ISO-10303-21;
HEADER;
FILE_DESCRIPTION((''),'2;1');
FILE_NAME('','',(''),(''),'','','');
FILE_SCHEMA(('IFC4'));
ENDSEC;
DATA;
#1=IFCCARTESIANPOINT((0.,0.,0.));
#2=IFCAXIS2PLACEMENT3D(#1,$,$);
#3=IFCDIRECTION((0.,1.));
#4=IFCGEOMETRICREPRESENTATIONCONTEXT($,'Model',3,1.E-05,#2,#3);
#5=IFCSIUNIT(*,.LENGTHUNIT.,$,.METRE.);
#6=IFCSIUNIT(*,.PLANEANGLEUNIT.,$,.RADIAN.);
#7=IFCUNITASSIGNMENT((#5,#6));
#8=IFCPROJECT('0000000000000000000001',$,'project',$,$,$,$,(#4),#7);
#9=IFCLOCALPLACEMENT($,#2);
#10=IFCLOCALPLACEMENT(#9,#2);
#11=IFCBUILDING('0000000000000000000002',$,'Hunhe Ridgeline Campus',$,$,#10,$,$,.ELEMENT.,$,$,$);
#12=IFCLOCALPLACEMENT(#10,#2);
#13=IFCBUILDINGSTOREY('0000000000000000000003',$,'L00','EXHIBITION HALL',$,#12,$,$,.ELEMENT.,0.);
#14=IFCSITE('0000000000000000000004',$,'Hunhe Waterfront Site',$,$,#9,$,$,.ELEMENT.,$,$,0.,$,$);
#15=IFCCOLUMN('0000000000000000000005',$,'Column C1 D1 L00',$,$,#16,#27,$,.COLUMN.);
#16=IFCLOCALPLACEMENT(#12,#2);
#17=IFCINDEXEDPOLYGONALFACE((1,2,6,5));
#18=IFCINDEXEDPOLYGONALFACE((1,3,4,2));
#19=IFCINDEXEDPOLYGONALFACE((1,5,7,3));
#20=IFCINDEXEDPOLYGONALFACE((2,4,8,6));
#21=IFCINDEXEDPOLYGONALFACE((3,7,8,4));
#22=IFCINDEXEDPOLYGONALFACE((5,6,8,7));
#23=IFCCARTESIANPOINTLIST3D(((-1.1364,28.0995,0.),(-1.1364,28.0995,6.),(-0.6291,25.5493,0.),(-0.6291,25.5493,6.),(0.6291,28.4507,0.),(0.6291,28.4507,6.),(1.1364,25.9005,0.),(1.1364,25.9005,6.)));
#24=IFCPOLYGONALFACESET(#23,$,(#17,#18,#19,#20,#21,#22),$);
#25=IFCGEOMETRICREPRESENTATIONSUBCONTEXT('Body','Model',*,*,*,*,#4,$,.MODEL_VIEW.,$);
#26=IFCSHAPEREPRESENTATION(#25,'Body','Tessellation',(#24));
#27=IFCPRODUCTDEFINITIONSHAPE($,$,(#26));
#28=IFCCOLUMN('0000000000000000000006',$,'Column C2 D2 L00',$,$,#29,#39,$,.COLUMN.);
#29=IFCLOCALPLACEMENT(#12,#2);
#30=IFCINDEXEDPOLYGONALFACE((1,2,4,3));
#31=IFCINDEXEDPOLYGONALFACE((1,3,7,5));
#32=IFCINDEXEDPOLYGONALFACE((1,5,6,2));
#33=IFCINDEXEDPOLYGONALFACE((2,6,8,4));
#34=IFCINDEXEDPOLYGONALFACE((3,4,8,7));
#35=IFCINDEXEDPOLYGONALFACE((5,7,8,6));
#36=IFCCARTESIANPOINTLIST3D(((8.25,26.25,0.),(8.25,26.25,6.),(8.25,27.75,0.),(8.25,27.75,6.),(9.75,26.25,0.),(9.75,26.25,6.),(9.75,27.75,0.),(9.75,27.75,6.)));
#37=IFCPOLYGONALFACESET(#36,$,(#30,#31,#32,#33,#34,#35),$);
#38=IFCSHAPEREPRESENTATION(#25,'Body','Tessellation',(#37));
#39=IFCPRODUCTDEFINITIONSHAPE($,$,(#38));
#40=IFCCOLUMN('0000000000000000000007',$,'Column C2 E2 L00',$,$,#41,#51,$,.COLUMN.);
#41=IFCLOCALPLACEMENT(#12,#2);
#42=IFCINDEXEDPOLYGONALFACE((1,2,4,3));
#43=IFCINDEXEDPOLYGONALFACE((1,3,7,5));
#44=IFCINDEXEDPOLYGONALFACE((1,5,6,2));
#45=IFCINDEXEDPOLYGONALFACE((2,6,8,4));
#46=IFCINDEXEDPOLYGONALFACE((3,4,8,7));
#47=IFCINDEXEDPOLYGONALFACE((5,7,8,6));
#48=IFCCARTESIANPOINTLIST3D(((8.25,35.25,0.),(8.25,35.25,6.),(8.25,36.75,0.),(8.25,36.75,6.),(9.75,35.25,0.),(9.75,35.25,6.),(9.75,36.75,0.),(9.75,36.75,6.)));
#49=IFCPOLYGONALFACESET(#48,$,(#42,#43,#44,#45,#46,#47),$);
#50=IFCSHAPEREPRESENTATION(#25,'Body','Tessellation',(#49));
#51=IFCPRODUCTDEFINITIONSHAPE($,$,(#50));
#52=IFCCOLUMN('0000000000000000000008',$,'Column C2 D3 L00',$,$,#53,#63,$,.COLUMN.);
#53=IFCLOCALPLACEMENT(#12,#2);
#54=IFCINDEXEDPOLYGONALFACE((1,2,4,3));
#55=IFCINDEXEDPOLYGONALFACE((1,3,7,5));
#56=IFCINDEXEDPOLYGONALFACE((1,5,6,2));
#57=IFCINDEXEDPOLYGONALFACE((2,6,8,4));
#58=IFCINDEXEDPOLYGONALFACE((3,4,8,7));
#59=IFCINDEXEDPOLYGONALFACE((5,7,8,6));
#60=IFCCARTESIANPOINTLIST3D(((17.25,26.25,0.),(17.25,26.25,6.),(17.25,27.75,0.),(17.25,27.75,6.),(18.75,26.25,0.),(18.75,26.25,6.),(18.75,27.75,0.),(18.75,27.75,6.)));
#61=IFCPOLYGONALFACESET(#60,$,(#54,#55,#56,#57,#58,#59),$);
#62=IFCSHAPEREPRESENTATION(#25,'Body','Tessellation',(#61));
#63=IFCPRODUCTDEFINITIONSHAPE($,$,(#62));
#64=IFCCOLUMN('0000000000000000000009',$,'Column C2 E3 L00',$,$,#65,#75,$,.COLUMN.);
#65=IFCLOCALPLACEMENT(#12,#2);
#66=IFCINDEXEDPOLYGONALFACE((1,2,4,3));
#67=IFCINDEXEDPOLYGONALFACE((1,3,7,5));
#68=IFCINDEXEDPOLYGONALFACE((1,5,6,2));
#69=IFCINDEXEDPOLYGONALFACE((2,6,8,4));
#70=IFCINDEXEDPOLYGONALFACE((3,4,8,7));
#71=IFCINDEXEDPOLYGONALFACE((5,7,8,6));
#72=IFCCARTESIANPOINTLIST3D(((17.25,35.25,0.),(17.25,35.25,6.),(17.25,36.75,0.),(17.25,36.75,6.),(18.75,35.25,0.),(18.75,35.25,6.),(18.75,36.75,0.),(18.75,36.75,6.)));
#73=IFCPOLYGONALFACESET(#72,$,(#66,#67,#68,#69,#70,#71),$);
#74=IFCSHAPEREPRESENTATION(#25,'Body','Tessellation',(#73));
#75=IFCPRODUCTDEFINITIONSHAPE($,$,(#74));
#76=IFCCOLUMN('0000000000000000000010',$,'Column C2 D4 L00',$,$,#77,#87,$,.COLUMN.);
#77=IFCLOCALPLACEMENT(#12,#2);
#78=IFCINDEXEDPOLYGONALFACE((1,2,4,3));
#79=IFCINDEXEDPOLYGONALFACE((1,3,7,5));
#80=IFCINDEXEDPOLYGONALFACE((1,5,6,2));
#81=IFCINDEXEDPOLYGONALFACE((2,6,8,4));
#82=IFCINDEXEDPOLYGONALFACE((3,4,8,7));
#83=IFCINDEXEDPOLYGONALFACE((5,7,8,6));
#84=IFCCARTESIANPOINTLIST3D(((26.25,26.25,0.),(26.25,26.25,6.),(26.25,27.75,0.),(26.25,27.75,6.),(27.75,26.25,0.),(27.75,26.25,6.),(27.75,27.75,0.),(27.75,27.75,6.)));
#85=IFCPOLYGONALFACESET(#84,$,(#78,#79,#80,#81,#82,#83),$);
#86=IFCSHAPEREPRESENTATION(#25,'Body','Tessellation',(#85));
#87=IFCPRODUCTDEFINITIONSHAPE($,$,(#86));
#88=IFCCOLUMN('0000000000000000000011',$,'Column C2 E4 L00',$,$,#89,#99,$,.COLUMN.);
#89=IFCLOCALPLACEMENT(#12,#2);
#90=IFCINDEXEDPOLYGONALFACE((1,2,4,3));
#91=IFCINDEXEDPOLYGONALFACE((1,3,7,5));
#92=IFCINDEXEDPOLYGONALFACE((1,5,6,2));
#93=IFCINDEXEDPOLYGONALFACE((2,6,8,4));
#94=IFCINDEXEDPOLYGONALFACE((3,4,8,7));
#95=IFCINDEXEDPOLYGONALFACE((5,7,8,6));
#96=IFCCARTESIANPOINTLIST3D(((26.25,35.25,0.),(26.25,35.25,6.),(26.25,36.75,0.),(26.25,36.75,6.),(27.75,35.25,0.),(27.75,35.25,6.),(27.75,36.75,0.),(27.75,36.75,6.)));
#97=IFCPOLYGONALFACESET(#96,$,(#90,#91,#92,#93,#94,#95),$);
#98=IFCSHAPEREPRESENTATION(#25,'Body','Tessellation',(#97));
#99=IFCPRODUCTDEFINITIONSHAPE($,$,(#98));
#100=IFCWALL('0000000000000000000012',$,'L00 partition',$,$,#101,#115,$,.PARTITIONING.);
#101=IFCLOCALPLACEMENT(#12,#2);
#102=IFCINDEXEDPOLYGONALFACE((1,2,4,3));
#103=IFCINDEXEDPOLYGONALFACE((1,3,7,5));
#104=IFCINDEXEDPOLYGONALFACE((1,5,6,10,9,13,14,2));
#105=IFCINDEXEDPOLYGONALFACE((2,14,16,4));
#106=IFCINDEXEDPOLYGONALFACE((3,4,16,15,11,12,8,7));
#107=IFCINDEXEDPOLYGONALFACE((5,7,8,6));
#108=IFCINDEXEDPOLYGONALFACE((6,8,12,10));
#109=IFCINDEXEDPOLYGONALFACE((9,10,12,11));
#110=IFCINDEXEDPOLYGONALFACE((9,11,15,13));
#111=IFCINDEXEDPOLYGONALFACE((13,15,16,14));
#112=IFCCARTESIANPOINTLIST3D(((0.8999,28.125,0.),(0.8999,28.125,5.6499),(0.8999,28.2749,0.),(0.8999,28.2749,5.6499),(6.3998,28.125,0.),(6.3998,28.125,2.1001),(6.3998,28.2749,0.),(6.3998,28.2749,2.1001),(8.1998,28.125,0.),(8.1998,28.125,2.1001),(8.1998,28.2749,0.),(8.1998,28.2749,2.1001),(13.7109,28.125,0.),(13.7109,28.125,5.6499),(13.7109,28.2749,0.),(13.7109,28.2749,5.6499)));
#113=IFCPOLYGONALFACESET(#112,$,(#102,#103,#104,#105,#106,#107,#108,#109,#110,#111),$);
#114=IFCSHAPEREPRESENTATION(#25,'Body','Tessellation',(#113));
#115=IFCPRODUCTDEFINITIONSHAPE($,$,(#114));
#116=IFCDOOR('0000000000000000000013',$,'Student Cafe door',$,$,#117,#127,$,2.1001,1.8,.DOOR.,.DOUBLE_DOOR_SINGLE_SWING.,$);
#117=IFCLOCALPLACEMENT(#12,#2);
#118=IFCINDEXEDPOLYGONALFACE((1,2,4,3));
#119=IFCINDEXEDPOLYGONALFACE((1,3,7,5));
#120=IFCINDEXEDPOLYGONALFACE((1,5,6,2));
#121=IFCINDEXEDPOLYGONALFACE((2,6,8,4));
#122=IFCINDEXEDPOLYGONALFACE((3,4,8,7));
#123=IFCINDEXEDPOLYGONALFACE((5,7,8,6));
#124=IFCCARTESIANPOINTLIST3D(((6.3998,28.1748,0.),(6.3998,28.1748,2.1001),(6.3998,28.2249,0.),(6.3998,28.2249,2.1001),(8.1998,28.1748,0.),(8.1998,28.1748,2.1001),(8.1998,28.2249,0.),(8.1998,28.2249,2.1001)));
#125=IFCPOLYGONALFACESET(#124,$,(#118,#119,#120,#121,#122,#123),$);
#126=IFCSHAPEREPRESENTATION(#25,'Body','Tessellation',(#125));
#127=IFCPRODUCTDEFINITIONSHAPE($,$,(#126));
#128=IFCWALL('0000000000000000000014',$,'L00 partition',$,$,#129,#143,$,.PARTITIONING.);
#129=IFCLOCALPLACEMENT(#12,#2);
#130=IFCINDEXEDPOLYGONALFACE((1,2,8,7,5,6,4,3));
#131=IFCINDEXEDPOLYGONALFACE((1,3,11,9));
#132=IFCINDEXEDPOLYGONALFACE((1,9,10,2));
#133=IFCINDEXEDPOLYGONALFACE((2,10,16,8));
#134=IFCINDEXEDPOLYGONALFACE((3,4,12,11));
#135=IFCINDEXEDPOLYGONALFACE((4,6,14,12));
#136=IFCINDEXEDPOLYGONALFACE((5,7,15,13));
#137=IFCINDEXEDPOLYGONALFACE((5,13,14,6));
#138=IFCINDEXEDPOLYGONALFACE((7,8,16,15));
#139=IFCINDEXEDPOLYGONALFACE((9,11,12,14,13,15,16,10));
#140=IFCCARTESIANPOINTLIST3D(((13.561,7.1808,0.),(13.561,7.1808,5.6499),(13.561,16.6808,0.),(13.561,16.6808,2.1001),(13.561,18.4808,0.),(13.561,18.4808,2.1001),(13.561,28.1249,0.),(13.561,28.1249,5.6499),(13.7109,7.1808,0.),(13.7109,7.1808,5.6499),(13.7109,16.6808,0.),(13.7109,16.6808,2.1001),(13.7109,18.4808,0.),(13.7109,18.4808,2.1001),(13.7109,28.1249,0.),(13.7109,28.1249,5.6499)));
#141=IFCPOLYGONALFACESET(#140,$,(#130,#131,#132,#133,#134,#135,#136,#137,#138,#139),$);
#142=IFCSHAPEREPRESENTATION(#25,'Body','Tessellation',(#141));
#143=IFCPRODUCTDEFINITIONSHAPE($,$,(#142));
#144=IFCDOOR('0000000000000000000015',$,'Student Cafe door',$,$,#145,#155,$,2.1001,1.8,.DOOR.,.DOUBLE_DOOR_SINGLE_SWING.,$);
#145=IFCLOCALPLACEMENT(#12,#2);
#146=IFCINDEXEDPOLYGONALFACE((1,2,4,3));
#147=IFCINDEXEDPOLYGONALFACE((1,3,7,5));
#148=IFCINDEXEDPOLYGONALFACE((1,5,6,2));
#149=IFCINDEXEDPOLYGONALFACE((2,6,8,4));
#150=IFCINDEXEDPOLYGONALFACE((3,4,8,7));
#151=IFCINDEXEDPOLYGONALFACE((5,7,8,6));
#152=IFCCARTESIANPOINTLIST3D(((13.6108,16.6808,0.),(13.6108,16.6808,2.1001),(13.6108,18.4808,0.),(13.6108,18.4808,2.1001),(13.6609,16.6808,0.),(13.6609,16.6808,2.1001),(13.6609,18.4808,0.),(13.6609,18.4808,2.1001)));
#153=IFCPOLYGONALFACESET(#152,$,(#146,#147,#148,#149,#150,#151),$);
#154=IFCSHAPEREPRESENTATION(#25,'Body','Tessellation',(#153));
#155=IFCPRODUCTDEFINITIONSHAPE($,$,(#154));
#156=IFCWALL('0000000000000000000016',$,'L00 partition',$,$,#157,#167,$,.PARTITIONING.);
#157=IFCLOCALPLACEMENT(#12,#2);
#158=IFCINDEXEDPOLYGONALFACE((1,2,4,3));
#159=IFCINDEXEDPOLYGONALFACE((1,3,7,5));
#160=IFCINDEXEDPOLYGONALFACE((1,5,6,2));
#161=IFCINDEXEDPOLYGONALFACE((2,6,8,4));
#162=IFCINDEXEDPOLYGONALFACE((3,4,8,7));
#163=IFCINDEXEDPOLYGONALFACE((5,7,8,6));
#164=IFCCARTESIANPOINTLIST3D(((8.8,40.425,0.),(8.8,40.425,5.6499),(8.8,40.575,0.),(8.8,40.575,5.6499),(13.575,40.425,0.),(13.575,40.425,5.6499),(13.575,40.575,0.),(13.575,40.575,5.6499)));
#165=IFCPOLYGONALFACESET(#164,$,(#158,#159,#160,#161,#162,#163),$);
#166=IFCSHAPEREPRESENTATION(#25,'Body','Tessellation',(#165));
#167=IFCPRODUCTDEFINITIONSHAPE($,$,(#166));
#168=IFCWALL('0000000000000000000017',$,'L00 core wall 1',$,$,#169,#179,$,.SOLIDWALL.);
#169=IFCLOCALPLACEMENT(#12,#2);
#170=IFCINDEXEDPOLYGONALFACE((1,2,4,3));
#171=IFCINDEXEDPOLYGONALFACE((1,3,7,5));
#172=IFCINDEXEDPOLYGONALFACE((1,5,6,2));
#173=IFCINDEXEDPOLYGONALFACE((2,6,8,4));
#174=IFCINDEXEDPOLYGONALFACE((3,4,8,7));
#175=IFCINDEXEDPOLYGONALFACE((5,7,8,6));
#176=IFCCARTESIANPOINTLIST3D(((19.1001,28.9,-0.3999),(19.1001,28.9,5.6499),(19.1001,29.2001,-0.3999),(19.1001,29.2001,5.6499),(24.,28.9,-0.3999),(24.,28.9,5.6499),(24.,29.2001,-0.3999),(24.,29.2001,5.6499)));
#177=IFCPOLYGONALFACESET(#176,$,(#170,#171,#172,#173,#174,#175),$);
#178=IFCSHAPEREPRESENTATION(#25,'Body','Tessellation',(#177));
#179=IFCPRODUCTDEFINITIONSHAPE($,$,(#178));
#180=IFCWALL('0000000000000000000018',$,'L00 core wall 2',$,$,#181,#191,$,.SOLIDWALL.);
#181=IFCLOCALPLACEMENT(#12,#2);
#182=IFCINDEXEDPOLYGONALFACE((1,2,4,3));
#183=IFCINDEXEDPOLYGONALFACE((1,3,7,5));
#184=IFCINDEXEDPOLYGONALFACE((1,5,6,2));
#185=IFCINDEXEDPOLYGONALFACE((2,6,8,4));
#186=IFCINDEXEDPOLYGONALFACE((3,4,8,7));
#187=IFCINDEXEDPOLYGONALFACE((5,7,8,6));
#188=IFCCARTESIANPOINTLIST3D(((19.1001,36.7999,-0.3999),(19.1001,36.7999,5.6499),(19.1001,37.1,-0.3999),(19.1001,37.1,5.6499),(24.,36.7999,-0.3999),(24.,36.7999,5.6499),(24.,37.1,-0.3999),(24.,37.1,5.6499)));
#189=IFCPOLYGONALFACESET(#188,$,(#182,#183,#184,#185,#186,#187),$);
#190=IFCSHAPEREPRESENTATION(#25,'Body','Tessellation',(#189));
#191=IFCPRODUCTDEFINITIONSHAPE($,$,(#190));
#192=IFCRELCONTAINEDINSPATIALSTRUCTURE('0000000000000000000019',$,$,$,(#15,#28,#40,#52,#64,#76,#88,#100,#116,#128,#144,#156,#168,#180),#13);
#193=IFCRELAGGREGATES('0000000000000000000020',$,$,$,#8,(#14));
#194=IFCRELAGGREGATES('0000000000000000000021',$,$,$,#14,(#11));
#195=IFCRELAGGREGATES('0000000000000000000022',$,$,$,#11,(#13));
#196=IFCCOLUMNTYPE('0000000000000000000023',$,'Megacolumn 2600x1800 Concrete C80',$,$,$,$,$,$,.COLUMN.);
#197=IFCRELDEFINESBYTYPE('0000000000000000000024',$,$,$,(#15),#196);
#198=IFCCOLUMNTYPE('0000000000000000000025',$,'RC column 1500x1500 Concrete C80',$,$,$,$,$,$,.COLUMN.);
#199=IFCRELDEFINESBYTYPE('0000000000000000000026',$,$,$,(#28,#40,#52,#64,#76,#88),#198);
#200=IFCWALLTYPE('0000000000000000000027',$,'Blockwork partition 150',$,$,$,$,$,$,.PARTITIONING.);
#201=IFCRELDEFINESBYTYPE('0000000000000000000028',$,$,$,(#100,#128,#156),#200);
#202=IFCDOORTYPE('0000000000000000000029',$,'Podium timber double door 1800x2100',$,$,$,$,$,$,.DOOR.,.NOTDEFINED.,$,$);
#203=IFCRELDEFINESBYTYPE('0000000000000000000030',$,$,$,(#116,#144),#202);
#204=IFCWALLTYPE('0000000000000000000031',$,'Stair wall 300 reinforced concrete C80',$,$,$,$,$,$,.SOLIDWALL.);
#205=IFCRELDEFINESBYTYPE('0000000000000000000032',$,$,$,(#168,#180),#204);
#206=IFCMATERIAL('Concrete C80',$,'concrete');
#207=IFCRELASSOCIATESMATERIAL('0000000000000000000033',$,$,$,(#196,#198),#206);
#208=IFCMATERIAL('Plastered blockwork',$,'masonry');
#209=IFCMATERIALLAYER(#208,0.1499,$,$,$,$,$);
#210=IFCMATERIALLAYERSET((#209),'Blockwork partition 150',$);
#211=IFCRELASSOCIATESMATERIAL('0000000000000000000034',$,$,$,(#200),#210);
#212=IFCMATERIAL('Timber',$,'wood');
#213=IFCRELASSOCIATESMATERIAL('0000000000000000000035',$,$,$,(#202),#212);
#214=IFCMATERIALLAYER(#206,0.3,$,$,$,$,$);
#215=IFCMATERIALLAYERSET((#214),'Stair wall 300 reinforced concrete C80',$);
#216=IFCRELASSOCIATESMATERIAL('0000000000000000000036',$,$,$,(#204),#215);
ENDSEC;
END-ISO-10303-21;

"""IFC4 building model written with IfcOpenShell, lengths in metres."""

from ifc_helpers import new_model, si_unit, direction, frame, frame_2d, origin, origin_2d, place, context, subcontext, project, spatial, rectangle, extrude, material, layer, layer_set, material_profile, profile_set, type_object, element, fill, save


model = new_model("IFC4")

# Units and contexts
model_context = context("Model", 3, precision=1e-05, world=origin(), true_north=direction((0.0, 1.0)))
body_context = subcontext(model_context, "Body", "Model", "MODEL_VIEW")
ifc_project = project(units=[si_unit("LENGTHUNIT", "METRE"), si_unit("PLANEANGLEUNIT", "RADIAN")], contexts=[model_context])

# Site, building, storey
site_placement = place(None, origin())
site = spatial("IfcSite", under=ifc_project, at=site_placement, Name="Hunhe Waterfront Site", CompositionType="ELEMENT", RefElevation=0.0)
building_placement = place(site_placement, origin())
building = spatial("IfcBuilding", under=site, at=building_placement, Name="Hunhe Ridgeline Campus", CompositionType="ELEMENT")
storey_placement = place(building_placement, origin())
storey = spatial("IfcBuildingStorey", under=building, at=storey_placement, Name="L00", Description="EXHIBITION HALL", CompositionType="ELEMENT", Elevation=0.0)

# Columns
ifc_material_1 = material(Name="Concrete C80", Category="concrete")
ifc_material_profile_1 = material_profile(ifc_material_1, rectangle(XDim=2.6001, YDim=1.8, at=origin_2d()))
ifc_profile_set_1 = profile_set([ifc_material_profile_1], Name="Concrete C80")
column_type_1 = type_object("IfcColumnType", Name="Megacolumn 2600x1800 Concrete C80", PredefinedType="COLUMN", material=ifc_profile_set_1)
column_placement = place(storey_placement, frame((0.0, 27.0, 0.0), z_axis=(0.0, 0.0, 1.0), x_axis=(-0.19509, 0.980785, 0.0)))
element("IfcColumn", 1, at=column_placement, inside=storey, type_object=column_type_1, Name="Column C1 D1 L00", PredefinedType="COLUMN", context=body_context, shape_type="SweptSolid", body=[
    extrude(rectangle(XDim=2.6001, YDim=1.8, at=origin_2d()), origin(), (0.0, 0.0, 1.0), 6.0),
])
ifc_material_profile_2 = material_profile(ifc_material_1, rectangle(XDim=1.5, YDim=1.5, at=origin_2d()))
ifc_profile_set_2 = profile_set([ifc_material_profile_2], Name="Concrete C80")
column_type_2 = type_object("IfcColumnType", Name="RC column 1500x1500 Concrete C80", PredefinedType="COLUMN", material=ifc_profile_set_2)
for number, where, z_axis, x_axis, name in (
    (2, (9.0, 27.0, 0.0), (0.0, 0.0, 1.0), (1.0, 0.0, 0.0), "Column C2 D2 L00"),
    (3, (9.0, 36.0, 0.0), (0.0, 0.0, 1.0), (1.0, 0.0, 0.0), "Column C2 E2 L00"),
    (4, (18.0, 27.0, 0.0), (0.0, 0.0, 1.0), (1.0, 0.0, 0.0), "Column C2 D3 L00"),
    (5, (18.0, 36.0, 0.0), (0.0, 0.0, 1.0), (1.0, 0.0, 0.0), "Column C2 E3 L00"),
    (6, (27.0, 27.0, 0.0), (0.0, 0.0, 1.0), (1.0, 0.0, 0.0), "Column C2 D4 L00"),
    (7, (27.0, 36.0, 0.0), (0.0, 0.0, 1.0), (1.0, 0.0, 0.0), "Column C2 E4 L00"),
):
    element("IfcColumn", number, at=place(storey_placement, frame(where, z_axis=z_axis, x_axis=x_axis)), inside=storey, type_object=column_type_2, Name=name, PredefinedType="COLUMN", context=body_context, shape_type="SweptSolid", body=[
        extrude(rectangle(XDim=1.5, YDim=1.5, at=origin_2d()), origin(), (0.0, 0.0, 1.0), 6.0),
    ])

# Walls, openings, doors
ifc_material_2 = material(Name="Plastered blockwork", Category="masonry")
ifc_layer_1 = layer(ifc_material_2, 0.1499)
ifc_layer_set_1 = layer_set([ifc_layer_1], Name="Blockwork partition 150")
wall_type_1 = type_object("IfcWallType", Name="Blockwork partition 150", PredefinedType="PARTITIONING", material=ifc_layer_set_1)
wall_1_placement = place(storey_placement, frame((0.8999, 28.2, 0.0), z_axis=(0.0, 0.0, 1.0), x_axis=(1.0, 0.0, 0.0)))
wall_1 = element("IfcWall", 8, at=wall_1_placement, inside=storey, type_object=wall_type_1, Name="L00 partition", PredefinedType="PARTITIONING", context=body_context, shape_type="SweptSolid", body=[
    extrude(rectangle(XDim=12.811, YDim=0.1499, at=frame_2d((6.4055, 0.0))), origin(), (0.0, 0.0, 1.0), 5.6499),
])
opening_1_placement = place(wall_1_placement, frame((5.5, 0.0, 0.0)))
opening_1 = element("IfcOpeningElement", 9, at=opening_1_placement, cuts=wall_1, PredefinedType="OPENING", context=body_context, shape_type="SweptSolid", body=[
    extrude(rectangle(XDim=1.8, YDim=2.1001, at=frame_2d((0.8999, 1.05))), frame((0.0, 0.075, 0.0), z_axis=(0.0, -1.0, 0.0), x_axis=(1.0, 0.0, 0.0)), (0.0, 0.0, 1.0), 0.1499),
])
ifc_material_3 = material(Name="Timber", Category="wood")
door_type_1 = type_object("IfcDoorType", Name="Podium timber double door 1800x2100", OperationType="NOTDEFINED", PredefinedType="DOOR", material=ifc_material_3)
door_1_placement = place(opening_1_placement, origin())
door_1 = element("IfcDoor", 10, at=door_1_placement, inside=storey, type_object=door_type_1, Name="Student Cafe door", OperationType="DOUBLE_DOOR_SINGLE_SWING", OverallHeight=2.1001, OverallWidth=1.8, PredefinedType="DOOR", context=body_context, shape_type="SweptSolid", body=[
    extrude(rectangle(XDim=1.8, YDim=2.1001, at=frame_2d((0.8999, 1.05))), frame((0.0, 0.0249, 0.0), z_axis=(0.0, -1.0, 0.0), x_axis=(1.0, 0.0, 0.0)), (0.0, 0.0, 1.0), 0.05),
])
fill(opening_1, door_1)
wall_2_placement = place(storey_placement, frame((13.636, 28.125, 0.0), z_axis=(0.0, 0.0, 1.0), x_axis=(0.0, -1.0, 0.0)))
wall_2 = element("IfcWall", 11, at=wall_2_placement, inside=storey, type_object=wall_type_1, Name="L00 partition", PredefinedType="PARTITIONING", context=body_context, shape_type="SweptSolid", body=[
    extrude(rectangle(XDim=20.9441, YDim=0.1499, at=frame_2d((10.4722, 0.0))), origin(), (0.0, 0.0, 1.0), 5.6499),
])
opening_2_placement = place(wall_2_placement, frame((9.6443, 0.0, 0.0)))
opening_2 = element("IfcOpeningElement", 12, at=opening_2_placement, cuts=wall_2, PredefinedType="OPENING", context=body_context, shape_type="SweptSolid", body=[
    extrude(rectangle(XDim=1.8, YDim=2.1001, at=frame_2d((0.8999, 1.05))), frame((0.0, 0.075, 0.0), z_axis=(0.0, -1.0, 0.0), x_axis=(1.0, 0.0, 0.0)), (0.0, 0.0, 1.0), 0.1499),
])
door_2_placement = place(opening_2_placement, origin())
door_2 = element("IfcDoor", 13, at=door_2_placement, inside=storey, type_object=door_type_1, Name="Student Cafe door", OperationType="DOUBLE_DOOR_SINGLE_SWING", OverallHeight=2.1001, OverallWidth=1.8, PredefinedType="DOOR", context=body_context, shape_type="SweptSolid", body=[
    extrude(rectangle(XDim=1.8, YDim=2.1001, at=frame_2d((0.8999, 1.05))), frame((0.0, 0.0249, 0.0), z_axis=(0.0, -1.0, 0.0), x_axis=(1.0, 0.0, 0.0)), (0.0, 0.0, 1.0), 0.05),
])
fill(opening_2, door_2)

# Wall
wall_3_placement = place(storey_placement, frame((13.575, 40.5, 0.0), z_axis=(0.0, 0.0, 1.0), x_axis=(-1.0, 0.0, 0.0)))
element("IfcWall", 14, at=wall_3_placement, inside=storey, type_object=wall_type_1, Name="L00 partition", PredefinedType="PARTITIONING", context=body_context, shape_type="SweptSolid", body=[
    extrude(rectangle(XDim=4.7749, YDim=0.1499, at=frame_2d((2.3875, 0.0))), origin(), (0.0, 0.0, 1.0), 5.6499),
])

# Walls
ifc_layer_2 = layer(ifc_material_1, 0.3)
ifc_layer_set_2 = layer_set([ifc_layer_2], Name="Stair wall 300 reinforced concrete C80")
wall_type_2 = type_object("IfcWallType", Name="Stair wall 300 reinforced concrete C80", PredefinedType="SOLIDWALL", material=ifc_layer_set_2)
for number, where, z_axis, x_axis, name in (
    (15, (19.1001, 29.05, -0.3999), (0.0, 0.0, 1.0), (1.0, 0.0, 0.0), "L00 core wall 1"),
    (16, (19.1001, 36.95, -0.3999), (0.0, 0.0, 1.0), (1.0, 0.0, 0.0), "L00 core wall 2"),
):
    element("IfcWall", number, at=place(storey_placement, frame(where, z_axis=z_axis, x_axis=x_axis)), inside=storey, type_object=wall_type_2, Name=name, PredefinedType="SOLIDWALL", context=body_context, shape_type="SweptSolid", body=[
        extrude(rectangle(XDim=4.8999, YDim=0.3, at=frame_2d((2.45, 0.0))), origin(), (0.0, 0.0, 1.0), 6.0498),
    ])

save(model, "model.ifc")
